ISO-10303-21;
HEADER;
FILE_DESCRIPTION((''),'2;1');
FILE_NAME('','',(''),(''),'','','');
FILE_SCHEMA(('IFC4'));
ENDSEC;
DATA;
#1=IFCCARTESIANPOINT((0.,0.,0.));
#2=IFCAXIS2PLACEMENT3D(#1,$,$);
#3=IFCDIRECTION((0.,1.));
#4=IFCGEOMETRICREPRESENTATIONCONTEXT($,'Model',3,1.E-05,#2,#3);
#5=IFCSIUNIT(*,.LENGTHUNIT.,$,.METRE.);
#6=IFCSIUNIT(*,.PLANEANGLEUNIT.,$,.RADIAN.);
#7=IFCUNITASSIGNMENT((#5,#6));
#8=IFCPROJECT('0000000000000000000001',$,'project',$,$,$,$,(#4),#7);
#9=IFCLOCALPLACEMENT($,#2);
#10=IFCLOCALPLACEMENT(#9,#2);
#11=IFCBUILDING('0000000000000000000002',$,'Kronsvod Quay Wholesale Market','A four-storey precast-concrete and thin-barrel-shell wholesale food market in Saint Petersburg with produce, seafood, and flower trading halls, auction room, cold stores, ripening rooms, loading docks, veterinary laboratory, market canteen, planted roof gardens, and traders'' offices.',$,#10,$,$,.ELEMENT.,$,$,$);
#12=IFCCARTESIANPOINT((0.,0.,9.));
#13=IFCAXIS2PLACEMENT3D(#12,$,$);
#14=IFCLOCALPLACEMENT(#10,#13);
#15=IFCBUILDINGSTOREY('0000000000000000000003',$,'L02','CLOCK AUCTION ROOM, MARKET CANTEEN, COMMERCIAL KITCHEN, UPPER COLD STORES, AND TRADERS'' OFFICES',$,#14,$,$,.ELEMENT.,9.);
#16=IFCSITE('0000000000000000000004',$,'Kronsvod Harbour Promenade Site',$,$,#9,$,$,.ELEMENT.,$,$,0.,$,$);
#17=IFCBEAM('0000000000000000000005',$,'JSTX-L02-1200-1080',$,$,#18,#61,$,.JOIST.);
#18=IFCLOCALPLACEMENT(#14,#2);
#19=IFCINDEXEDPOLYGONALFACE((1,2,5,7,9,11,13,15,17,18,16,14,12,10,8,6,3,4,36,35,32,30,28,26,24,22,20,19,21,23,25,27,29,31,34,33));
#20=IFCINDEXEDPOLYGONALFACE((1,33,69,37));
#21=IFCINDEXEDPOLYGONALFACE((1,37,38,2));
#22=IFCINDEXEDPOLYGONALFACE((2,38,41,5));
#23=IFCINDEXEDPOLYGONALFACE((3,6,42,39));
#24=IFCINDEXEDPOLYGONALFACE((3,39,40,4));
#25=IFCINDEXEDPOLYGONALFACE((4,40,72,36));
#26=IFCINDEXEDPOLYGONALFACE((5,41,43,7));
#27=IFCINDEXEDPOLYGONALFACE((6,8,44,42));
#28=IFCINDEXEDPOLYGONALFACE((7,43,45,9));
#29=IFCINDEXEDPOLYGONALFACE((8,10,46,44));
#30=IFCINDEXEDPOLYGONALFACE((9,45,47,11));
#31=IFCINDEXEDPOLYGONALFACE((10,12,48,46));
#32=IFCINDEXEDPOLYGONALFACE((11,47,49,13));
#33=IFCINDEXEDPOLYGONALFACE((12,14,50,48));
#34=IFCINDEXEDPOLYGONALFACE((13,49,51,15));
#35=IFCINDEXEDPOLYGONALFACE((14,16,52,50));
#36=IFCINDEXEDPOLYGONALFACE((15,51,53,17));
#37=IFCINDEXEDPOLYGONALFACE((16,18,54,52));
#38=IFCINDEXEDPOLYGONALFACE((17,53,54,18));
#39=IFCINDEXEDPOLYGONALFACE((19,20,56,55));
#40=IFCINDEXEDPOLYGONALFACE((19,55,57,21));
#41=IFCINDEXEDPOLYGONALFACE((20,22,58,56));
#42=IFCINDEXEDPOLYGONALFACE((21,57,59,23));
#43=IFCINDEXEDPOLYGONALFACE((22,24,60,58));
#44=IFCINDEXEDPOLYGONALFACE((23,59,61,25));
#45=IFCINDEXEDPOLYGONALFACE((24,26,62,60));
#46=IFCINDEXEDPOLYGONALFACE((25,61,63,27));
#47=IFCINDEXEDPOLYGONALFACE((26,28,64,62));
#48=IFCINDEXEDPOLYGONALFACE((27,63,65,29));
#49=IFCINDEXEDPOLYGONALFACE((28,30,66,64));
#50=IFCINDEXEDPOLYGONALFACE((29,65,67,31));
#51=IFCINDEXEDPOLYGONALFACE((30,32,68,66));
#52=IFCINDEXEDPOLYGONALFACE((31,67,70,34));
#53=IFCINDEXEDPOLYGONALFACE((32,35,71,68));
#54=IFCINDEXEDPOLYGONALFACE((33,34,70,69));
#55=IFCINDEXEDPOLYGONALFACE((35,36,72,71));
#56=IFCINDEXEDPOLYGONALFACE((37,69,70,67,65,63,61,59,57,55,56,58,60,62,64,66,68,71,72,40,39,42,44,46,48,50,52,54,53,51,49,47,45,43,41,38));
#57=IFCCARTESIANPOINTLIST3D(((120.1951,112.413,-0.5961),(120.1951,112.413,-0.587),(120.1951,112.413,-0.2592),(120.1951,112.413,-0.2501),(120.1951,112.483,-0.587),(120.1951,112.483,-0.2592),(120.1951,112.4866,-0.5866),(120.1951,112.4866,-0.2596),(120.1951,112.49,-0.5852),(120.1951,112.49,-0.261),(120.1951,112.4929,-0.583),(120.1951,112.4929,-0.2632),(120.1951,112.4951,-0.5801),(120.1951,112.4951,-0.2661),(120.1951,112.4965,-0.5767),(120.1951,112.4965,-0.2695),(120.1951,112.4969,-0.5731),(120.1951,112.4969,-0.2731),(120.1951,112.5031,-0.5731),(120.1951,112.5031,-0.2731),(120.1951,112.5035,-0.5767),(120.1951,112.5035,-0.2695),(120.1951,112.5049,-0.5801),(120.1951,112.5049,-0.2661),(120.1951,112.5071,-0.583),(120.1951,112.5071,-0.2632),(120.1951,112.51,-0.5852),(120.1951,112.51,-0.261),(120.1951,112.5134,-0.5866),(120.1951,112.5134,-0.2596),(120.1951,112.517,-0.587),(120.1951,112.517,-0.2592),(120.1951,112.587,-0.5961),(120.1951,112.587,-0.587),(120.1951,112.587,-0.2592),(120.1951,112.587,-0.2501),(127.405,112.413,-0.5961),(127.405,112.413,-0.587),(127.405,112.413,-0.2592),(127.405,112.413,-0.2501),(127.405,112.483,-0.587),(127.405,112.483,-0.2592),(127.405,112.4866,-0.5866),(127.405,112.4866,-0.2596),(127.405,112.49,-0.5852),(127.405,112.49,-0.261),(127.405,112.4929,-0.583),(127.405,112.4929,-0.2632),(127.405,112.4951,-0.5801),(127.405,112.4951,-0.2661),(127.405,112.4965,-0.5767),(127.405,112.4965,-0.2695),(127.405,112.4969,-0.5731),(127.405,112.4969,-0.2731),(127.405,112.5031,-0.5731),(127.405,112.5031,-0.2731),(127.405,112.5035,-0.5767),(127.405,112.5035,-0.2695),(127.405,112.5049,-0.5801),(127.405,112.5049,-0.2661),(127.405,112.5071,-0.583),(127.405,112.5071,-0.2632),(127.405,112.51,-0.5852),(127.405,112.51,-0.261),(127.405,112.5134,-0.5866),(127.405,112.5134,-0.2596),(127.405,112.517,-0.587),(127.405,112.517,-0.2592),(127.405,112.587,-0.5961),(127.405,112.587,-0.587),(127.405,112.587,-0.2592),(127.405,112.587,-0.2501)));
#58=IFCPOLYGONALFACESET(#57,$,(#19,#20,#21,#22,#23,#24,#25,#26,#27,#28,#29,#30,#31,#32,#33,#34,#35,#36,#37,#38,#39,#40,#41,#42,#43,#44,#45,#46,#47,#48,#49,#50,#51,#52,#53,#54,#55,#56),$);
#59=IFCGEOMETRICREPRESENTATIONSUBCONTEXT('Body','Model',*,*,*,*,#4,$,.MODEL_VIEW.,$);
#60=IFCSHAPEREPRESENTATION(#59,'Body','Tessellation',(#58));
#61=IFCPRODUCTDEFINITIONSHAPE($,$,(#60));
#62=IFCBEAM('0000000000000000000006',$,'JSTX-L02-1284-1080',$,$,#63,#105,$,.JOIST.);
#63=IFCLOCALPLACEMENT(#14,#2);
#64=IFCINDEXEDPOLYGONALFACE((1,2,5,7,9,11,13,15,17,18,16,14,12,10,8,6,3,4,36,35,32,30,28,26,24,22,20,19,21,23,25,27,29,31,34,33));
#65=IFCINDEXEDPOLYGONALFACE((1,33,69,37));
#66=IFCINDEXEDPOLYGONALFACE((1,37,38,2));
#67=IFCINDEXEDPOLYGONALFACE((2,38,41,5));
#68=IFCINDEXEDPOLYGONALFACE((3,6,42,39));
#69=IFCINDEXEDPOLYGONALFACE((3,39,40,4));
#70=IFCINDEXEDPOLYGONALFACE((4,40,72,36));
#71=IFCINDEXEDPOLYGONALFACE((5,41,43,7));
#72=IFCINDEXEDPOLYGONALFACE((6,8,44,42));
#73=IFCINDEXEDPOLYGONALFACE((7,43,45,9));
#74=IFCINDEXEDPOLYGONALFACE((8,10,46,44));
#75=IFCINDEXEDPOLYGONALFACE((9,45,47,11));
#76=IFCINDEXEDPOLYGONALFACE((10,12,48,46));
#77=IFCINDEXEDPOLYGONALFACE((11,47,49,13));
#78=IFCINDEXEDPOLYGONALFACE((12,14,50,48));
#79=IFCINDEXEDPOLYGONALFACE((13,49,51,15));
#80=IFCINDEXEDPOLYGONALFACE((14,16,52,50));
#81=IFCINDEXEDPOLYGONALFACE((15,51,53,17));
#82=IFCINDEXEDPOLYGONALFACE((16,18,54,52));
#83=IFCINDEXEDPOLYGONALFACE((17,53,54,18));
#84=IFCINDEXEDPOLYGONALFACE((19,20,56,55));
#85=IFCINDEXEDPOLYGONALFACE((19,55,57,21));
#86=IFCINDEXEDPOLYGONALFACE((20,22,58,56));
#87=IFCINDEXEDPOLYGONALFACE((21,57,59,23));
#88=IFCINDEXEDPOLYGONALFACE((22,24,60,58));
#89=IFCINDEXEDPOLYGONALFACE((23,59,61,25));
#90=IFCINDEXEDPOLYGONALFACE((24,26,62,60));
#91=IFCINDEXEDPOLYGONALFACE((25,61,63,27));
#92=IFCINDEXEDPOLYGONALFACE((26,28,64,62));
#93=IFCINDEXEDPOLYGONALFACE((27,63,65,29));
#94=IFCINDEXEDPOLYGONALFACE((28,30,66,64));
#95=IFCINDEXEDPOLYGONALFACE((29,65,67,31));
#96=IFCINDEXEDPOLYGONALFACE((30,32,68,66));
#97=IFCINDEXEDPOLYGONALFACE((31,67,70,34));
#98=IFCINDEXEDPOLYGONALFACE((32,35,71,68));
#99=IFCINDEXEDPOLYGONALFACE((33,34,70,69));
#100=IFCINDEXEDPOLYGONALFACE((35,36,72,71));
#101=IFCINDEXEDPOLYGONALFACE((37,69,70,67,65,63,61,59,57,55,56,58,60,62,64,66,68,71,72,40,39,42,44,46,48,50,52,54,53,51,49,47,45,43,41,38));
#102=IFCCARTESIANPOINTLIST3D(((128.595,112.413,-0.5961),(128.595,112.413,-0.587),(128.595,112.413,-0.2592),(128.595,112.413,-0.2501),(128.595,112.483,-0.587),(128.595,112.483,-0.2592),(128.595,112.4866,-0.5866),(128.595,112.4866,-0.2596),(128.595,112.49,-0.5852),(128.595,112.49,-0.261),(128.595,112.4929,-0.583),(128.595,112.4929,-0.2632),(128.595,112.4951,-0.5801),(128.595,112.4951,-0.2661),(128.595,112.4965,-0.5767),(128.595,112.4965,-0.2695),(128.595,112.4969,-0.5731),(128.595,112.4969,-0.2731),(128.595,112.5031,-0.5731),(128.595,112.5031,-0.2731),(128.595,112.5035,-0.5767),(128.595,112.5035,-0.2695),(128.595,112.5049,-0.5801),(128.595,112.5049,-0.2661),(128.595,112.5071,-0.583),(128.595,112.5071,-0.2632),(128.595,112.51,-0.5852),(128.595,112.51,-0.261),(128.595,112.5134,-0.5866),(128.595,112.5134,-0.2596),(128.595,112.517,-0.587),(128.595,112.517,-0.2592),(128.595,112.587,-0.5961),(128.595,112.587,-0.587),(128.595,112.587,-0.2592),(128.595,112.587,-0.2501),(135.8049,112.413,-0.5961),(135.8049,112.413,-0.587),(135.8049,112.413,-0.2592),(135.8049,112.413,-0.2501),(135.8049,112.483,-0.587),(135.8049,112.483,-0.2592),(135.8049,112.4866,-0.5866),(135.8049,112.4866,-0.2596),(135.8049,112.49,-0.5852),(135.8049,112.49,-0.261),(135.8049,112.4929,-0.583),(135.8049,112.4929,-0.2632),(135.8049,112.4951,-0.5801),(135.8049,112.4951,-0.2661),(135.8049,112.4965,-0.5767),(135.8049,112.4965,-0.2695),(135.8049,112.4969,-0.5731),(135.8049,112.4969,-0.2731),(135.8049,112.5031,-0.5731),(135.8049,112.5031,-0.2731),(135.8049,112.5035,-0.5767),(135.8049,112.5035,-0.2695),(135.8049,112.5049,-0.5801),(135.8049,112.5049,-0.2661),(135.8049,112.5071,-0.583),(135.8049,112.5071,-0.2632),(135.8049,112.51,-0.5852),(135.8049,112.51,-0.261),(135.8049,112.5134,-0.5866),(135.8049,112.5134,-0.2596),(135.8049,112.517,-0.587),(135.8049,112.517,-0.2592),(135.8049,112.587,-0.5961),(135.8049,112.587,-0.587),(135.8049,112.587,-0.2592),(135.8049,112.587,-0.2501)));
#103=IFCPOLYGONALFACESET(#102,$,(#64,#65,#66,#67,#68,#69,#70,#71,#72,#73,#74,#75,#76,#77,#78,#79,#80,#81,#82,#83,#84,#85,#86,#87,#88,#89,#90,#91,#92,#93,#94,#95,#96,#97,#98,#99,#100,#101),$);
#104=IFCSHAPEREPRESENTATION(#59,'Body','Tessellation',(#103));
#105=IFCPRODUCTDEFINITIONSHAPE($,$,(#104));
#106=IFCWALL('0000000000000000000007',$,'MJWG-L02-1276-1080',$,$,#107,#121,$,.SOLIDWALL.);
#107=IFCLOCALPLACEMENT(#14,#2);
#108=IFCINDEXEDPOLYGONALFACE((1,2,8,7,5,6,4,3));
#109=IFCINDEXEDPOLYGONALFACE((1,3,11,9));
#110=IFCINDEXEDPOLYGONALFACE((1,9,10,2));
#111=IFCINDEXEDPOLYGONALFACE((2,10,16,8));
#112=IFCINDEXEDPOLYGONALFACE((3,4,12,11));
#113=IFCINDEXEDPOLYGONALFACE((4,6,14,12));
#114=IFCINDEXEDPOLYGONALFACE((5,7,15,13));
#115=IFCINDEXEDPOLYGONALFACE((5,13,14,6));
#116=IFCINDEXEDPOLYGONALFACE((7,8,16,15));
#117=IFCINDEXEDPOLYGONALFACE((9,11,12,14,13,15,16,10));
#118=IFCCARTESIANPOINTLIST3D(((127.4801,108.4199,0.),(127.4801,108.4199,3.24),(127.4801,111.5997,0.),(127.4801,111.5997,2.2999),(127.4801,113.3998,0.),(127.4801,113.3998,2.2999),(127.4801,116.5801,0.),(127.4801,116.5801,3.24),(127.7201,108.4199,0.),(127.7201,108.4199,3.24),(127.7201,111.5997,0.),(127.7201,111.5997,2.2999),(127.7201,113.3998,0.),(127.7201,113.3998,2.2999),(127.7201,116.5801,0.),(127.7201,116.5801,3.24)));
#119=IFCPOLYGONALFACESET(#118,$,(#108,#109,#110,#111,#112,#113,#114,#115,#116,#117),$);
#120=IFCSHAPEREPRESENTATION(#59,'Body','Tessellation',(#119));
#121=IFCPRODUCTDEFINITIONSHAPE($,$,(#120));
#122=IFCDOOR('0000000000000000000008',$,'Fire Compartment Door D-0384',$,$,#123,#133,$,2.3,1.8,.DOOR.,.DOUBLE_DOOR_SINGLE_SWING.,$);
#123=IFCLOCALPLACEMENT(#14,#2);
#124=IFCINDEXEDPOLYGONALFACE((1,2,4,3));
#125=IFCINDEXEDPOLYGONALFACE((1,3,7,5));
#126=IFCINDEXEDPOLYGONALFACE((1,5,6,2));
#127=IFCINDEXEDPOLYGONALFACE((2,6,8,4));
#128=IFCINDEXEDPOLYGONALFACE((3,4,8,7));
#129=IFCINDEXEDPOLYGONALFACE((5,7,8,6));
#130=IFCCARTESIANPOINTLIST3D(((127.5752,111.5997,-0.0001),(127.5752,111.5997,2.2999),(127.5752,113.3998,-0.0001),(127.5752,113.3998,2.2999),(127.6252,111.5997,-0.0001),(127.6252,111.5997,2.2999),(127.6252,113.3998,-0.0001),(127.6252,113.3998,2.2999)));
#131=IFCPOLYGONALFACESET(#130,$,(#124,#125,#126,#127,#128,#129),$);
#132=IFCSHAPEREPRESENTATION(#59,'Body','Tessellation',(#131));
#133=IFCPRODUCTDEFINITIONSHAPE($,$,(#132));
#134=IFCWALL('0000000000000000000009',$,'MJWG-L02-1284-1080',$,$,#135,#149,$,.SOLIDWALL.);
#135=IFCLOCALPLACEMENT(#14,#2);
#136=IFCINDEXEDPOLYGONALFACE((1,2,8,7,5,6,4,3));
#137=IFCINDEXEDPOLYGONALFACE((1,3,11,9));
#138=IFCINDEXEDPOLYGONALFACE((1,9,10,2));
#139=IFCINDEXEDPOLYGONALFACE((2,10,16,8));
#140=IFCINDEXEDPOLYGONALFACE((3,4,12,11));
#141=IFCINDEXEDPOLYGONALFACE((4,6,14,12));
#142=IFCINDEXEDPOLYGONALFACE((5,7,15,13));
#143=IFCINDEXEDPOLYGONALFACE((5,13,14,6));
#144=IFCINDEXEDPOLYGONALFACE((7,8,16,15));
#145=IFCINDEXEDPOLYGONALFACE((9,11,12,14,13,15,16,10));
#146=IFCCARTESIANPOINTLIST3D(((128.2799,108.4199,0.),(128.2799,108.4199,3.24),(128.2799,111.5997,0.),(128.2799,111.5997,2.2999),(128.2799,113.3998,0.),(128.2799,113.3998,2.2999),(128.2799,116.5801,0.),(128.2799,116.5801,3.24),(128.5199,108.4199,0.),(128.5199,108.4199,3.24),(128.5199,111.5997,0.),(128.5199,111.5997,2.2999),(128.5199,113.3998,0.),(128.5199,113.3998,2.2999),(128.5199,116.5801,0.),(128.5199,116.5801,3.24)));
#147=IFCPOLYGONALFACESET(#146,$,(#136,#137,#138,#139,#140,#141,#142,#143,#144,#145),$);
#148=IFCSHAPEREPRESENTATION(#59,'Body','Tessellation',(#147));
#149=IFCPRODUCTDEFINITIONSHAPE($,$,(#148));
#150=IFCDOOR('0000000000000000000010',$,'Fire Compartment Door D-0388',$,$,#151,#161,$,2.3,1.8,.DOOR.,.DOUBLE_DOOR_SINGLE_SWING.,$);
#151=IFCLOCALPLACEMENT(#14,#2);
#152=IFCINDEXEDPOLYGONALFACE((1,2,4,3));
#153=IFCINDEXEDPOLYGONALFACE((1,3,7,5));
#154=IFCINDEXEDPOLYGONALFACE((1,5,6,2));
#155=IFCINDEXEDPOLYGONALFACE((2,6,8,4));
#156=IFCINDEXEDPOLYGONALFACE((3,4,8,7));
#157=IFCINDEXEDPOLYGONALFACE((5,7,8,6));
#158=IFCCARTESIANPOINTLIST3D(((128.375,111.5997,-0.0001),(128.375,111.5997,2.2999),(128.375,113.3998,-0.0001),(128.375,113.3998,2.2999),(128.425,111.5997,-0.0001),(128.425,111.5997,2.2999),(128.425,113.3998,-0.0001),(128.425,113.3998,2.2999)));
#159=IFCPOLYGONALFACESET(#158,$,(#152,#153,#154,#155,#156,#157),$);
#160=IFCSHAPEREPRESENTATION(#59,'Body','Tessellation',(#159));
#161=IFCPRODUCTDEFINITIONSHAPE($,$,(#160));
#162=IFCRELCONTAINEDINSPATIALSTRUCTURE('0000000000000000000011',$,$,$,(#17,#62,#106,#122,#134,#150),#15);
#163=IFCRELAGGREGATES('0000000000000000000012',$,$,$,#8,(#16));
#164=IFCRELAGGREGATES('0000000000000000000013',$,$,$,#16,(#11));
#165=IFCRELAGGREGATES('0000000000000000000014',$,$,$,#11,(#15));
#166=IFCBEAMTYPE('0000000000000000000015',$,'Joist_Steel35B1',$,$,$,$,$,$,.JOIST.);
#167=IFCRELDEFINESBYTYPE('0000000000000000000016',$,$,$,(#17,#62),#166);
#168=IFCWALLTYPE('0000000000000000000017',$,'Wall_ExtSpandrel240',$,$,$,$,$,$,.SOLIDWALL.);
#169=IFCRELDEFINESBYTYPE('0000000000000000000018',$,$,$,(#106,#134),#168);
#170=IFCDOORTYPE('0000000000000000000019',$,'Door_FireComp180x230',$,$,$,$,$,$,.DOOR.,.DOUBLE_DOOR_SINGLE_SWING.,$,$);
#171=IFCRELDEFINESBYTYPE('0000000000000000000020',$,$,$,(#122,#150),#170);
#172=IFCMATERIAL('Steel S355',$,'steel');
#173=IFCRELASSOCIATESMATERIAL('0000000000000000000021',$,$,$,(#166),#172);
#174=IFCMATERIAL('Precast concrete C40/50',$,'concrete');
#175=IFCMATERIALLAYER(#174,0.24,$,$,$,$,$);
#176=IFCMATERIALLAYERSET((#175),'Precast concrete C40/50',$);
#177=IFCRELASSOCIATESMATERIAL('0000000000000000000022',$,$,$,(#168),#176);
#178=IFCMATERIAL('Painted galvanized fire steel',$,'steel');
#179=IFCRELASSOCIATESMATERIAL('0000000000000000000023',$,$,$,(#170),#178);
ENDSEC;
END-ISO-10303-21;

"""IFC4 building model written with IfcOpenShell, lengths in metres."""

from ifc_helpers import new_model, si_unit, direction, frame, frame_2d, origin, origin_2d, place, context, subcontext, project, spatial, rectangle, i_section, extrude, material, layer, layer_set, material_profile, profile_set, type_object, element, fill, save


model = new_model("IFC4")

# Units and contexts
model_context = context("Model", 3, precision=1e-05, world=origin(), true_north=direction((0.0, 1.0)))
body_context = subcontext(model_context, "Body", "Model", "MODEL_VIEW")
ifc_project = project(units=[si_unit("LENGTHUNIT", "METRE"), si_unit("PLANEANGLEUNIT", "RADIAN")], contexts=[model_context])

# Site, building, storey
site_placement = place(None, origin())
site = spatial("IfcSite", under=ifc_project, at=site_placement, Name="Kronsvod Harbour Promenade Site", CompositionType="ELEMENT", RefElevation=0.0)
building_placement = place(site_placement, origin())
building = spatial("IfcBuilding", under=site, at=building_placement, Name="Kronsvod Quay Wholesale Market", Description="A four-storey precast-concrete and thin-barrel-shell wholesale food market in Saint Petersburg with produce, seafood, and flower trading halls, auction room, cold stores, ripening rooms, loading docks, veterinary laboratory, market canteen, planted roof gardens, and traders' offices.", CompositionType="ELEMENT")
storey_placement = place(building_placement, frame((0.0, 0.0, 9.0)))
storey = spatial("IfcBuildingStorey", under=building, at=storey_placement, Name="L02", Description="CLOCK AUCTION ROOM, MARKET CANTEEN, COMMERCIAL KITCHEN, UPPER COLD STORES, AND TRADERS' OFFICES", CompositionType="ELEMENT", Elevation=9.0)

# Beams
ifc_material_1 = material(Name="Steel S355", Category="steel")
ifc_material_profile_1 = material_profile(ifc_material_1, i_section(OverallWidth=0.1741, OverallDepth=0.3459, WebThickness=0.0061, FlangeThickness=0.009, FilletRadius=0.0139, at=origin_2d()), Name="35B1")
ifc_profile_set_1 = profile_set([ifc_material_profile_1], Name="Steel S355")
beam_type_1 = type_object("IfcBeamType", Name="Joist_Steel35B1", PredefinedType="JOIST", material=ifc_profile_set_1)
for number, where, z_axis, x_axis, name in (
    (1, (120.1951, 112.5, -0.4231), (1.0, 0.0, 0.0), (0.0, 1.0, 0.0), "JSTX-L02-1200-1080"),
    (2, (128.595, 112.5, -0.4231), (1.0, 0.0, 0.0), (0.0, 1.0, 0.0), "JSTX-L02-1284-1080"),
):
    element("IfcBeam", number, at=place(storey_placement, frame(where, z_axis=z_axis, x_axis=x_axis)), inside=storey, type_object=beam_type_1, Name=name, PredefinedType="JOIST", context=body_context, shape_type="SweptSolid", body=[
        extrude(i_section(OverallWidth=0.1741, OverallDepth=0.3459, WebThickness=0.0061, FlangeThickness=0.009, FilletRadius=0.0139, at=origin_2d()), origin(), (0.0, 0.0, 1.0), 7.21),
    ])

# Walls, openings, doors
ifc_material_2 = material(Name="Precast concrete C40/50", Category="concrete")
ifc_layer_1 = layer(ifc_material_2, 0.24)
ifc_layer_set_1 = layer_set([ifc_layer_1], Name="Precast concrete C40/50")
wall_type_1 = type_object("IfcWallType", Name="Wall_ExtSpandrel240", PredefinedType="SOLIDWALL", material=ifc_layer_set_1)
wall_1_placement = place(storey_placement, frame((127.6001, 108.4199, 0.0), z_axis=(0.0, 0.0, 1.0), x_axis=(0.0, 1.0, 0.0)))
wall_1 = element("IfcWall", 3, at=wall_1_placement, inside=storey, type_object=wall_type_1, Name="MJWG-L02-1276-1080", PredefinedType="SOLIDWALL", context=body_context, shape_type="SweptSolid", body=[
    extrude(rectangle(XDim=8.1602, YDim=0.24, at=frame_2d((4.0801, 0.0))), origin(), (0.0, 0.0, 1.0), 3.24),
])
opening_1_placement = place(wall_1_placement, frame((3.1799, 0.0, 0.0)))
opening_1 = element("IfcOpeningElement", 4, at=opening_1_placement, cuts=wall_1, PredefinedType="OPENING", context=body_context, shape_type="SweptSolid", body=[
    extrude(rectangle(XDim=1.8, YDim=2.3, at=frame_2d((0.8999, 1.1499))), frame((0.0, 0.1299, 0.0), z_axis=(0.0, -1.0, 0.0), x_axis=(1.0, 0.0, 0.0)), (0.0, 0.0, 1.0), 0.26),
])
ifc_material_3 = material(Name="Painted galvanized fire steel", Category="steel")
door_type_1 = type_object("IfcDoorType", Name="Door_FireComp180x230", OperationType="DOUBLE_DOOR_SINGLE_SWING", PredefinedType="DOOR", material=ifc_material_3)
door_1_placement = place(opening_1_placement, origin())
door_1 = element("IfcDoor", 5, at=door_1_placement, inside=storey, type_object=door_type_1, Name="Fire Compartment Door D-0384", OperationType="DOUBLE_DOOR_SINGLE_SWING", OverallHeight=2.3, OverallWidth=1.8, PredefinedType="DOOR", context=body_context, shape_type="SweptSolid", body=[
    extrude(rectangle(XDim=1.8, YDim=2.3, at=frame_2d((0.8999, 1.1499))), frame((0.0, 0.0249, 0.0), z_axis=(0.0, -1.0, 0.0), x_axis=(1.0, 0.0, 0.0)), (0.0, 0.0, 1.0), 0.05),
])
fill(opening_1, door_1)
wall_2_placement = place(storey_placement, frame((128.3999, 108.4199, 0.0), z_axis=(0.0, 0.0, 1.0), x_axis=(0.0, 1.0, 0.0)))
wall_2 = element("IfcWall", 6, at=wall_2_placement, inside=storey, type_object=wall_type_1, Name="MJWG-L02-1284-1080", PredefinedType="SOLIDWALL", context=body_context, shape_type="SweptSolid", body=[
    extrude(rectangle(XDim=8.1602, YDim=0.24, at=frame_2d((4.0801, 0.0))), origin(), (0.0, 0.0, 1.0), 3.24),
])
opening_2_placement = place(wall_2_placement, frame((3.1799, 0.0, 0.0)))
opening_2 = element("IfcOpeningElement", 7, at=opening_2_placement, cuts=wall_2, PredefinedType="OPENING", context=body_context, shape_type="SweptSolid", body=[
    extrude(rectangle(XDim=1.8, YDim=2.3, at=frame_2d((0.8999, 1.1499))), frame((0.0, 0.1299, 0.0), z_axis=(0.0, -1.0, 0.0), x_axis=(1.0, 0.0, 0.0)), (0.0, 0.0, 1.0), 0.26),
])
door_2_placement = place(opening_2_placement, origin())
door_2 = element("IfcDoor", 8, at=door_2_placement, inside=storey, type_object=door_type_1, Name="Fire Compartment Door D-0388", OperationType="DOUBLE_DOOR_SINGLE_SWING", OverallHeight=2.3, OverallWidth=1.8, PredefinedType="DOOR", context=body_context, shape_type="SweptSolid", body=[
    extrude(rectangle(XDim=1.8, YDim=2.3, at=frame_2d((0.8999, 1.1499))), frame((0.0, 0.0249, 0.0), z_axis=(0.0, -1.0, 0.0), x_axis=(1.0, 0.0, 0.0)), (0.0, 0.0, 1.0), 0.05),
])
fill(opening_2, door_2)

save(model, "model.ifc")
